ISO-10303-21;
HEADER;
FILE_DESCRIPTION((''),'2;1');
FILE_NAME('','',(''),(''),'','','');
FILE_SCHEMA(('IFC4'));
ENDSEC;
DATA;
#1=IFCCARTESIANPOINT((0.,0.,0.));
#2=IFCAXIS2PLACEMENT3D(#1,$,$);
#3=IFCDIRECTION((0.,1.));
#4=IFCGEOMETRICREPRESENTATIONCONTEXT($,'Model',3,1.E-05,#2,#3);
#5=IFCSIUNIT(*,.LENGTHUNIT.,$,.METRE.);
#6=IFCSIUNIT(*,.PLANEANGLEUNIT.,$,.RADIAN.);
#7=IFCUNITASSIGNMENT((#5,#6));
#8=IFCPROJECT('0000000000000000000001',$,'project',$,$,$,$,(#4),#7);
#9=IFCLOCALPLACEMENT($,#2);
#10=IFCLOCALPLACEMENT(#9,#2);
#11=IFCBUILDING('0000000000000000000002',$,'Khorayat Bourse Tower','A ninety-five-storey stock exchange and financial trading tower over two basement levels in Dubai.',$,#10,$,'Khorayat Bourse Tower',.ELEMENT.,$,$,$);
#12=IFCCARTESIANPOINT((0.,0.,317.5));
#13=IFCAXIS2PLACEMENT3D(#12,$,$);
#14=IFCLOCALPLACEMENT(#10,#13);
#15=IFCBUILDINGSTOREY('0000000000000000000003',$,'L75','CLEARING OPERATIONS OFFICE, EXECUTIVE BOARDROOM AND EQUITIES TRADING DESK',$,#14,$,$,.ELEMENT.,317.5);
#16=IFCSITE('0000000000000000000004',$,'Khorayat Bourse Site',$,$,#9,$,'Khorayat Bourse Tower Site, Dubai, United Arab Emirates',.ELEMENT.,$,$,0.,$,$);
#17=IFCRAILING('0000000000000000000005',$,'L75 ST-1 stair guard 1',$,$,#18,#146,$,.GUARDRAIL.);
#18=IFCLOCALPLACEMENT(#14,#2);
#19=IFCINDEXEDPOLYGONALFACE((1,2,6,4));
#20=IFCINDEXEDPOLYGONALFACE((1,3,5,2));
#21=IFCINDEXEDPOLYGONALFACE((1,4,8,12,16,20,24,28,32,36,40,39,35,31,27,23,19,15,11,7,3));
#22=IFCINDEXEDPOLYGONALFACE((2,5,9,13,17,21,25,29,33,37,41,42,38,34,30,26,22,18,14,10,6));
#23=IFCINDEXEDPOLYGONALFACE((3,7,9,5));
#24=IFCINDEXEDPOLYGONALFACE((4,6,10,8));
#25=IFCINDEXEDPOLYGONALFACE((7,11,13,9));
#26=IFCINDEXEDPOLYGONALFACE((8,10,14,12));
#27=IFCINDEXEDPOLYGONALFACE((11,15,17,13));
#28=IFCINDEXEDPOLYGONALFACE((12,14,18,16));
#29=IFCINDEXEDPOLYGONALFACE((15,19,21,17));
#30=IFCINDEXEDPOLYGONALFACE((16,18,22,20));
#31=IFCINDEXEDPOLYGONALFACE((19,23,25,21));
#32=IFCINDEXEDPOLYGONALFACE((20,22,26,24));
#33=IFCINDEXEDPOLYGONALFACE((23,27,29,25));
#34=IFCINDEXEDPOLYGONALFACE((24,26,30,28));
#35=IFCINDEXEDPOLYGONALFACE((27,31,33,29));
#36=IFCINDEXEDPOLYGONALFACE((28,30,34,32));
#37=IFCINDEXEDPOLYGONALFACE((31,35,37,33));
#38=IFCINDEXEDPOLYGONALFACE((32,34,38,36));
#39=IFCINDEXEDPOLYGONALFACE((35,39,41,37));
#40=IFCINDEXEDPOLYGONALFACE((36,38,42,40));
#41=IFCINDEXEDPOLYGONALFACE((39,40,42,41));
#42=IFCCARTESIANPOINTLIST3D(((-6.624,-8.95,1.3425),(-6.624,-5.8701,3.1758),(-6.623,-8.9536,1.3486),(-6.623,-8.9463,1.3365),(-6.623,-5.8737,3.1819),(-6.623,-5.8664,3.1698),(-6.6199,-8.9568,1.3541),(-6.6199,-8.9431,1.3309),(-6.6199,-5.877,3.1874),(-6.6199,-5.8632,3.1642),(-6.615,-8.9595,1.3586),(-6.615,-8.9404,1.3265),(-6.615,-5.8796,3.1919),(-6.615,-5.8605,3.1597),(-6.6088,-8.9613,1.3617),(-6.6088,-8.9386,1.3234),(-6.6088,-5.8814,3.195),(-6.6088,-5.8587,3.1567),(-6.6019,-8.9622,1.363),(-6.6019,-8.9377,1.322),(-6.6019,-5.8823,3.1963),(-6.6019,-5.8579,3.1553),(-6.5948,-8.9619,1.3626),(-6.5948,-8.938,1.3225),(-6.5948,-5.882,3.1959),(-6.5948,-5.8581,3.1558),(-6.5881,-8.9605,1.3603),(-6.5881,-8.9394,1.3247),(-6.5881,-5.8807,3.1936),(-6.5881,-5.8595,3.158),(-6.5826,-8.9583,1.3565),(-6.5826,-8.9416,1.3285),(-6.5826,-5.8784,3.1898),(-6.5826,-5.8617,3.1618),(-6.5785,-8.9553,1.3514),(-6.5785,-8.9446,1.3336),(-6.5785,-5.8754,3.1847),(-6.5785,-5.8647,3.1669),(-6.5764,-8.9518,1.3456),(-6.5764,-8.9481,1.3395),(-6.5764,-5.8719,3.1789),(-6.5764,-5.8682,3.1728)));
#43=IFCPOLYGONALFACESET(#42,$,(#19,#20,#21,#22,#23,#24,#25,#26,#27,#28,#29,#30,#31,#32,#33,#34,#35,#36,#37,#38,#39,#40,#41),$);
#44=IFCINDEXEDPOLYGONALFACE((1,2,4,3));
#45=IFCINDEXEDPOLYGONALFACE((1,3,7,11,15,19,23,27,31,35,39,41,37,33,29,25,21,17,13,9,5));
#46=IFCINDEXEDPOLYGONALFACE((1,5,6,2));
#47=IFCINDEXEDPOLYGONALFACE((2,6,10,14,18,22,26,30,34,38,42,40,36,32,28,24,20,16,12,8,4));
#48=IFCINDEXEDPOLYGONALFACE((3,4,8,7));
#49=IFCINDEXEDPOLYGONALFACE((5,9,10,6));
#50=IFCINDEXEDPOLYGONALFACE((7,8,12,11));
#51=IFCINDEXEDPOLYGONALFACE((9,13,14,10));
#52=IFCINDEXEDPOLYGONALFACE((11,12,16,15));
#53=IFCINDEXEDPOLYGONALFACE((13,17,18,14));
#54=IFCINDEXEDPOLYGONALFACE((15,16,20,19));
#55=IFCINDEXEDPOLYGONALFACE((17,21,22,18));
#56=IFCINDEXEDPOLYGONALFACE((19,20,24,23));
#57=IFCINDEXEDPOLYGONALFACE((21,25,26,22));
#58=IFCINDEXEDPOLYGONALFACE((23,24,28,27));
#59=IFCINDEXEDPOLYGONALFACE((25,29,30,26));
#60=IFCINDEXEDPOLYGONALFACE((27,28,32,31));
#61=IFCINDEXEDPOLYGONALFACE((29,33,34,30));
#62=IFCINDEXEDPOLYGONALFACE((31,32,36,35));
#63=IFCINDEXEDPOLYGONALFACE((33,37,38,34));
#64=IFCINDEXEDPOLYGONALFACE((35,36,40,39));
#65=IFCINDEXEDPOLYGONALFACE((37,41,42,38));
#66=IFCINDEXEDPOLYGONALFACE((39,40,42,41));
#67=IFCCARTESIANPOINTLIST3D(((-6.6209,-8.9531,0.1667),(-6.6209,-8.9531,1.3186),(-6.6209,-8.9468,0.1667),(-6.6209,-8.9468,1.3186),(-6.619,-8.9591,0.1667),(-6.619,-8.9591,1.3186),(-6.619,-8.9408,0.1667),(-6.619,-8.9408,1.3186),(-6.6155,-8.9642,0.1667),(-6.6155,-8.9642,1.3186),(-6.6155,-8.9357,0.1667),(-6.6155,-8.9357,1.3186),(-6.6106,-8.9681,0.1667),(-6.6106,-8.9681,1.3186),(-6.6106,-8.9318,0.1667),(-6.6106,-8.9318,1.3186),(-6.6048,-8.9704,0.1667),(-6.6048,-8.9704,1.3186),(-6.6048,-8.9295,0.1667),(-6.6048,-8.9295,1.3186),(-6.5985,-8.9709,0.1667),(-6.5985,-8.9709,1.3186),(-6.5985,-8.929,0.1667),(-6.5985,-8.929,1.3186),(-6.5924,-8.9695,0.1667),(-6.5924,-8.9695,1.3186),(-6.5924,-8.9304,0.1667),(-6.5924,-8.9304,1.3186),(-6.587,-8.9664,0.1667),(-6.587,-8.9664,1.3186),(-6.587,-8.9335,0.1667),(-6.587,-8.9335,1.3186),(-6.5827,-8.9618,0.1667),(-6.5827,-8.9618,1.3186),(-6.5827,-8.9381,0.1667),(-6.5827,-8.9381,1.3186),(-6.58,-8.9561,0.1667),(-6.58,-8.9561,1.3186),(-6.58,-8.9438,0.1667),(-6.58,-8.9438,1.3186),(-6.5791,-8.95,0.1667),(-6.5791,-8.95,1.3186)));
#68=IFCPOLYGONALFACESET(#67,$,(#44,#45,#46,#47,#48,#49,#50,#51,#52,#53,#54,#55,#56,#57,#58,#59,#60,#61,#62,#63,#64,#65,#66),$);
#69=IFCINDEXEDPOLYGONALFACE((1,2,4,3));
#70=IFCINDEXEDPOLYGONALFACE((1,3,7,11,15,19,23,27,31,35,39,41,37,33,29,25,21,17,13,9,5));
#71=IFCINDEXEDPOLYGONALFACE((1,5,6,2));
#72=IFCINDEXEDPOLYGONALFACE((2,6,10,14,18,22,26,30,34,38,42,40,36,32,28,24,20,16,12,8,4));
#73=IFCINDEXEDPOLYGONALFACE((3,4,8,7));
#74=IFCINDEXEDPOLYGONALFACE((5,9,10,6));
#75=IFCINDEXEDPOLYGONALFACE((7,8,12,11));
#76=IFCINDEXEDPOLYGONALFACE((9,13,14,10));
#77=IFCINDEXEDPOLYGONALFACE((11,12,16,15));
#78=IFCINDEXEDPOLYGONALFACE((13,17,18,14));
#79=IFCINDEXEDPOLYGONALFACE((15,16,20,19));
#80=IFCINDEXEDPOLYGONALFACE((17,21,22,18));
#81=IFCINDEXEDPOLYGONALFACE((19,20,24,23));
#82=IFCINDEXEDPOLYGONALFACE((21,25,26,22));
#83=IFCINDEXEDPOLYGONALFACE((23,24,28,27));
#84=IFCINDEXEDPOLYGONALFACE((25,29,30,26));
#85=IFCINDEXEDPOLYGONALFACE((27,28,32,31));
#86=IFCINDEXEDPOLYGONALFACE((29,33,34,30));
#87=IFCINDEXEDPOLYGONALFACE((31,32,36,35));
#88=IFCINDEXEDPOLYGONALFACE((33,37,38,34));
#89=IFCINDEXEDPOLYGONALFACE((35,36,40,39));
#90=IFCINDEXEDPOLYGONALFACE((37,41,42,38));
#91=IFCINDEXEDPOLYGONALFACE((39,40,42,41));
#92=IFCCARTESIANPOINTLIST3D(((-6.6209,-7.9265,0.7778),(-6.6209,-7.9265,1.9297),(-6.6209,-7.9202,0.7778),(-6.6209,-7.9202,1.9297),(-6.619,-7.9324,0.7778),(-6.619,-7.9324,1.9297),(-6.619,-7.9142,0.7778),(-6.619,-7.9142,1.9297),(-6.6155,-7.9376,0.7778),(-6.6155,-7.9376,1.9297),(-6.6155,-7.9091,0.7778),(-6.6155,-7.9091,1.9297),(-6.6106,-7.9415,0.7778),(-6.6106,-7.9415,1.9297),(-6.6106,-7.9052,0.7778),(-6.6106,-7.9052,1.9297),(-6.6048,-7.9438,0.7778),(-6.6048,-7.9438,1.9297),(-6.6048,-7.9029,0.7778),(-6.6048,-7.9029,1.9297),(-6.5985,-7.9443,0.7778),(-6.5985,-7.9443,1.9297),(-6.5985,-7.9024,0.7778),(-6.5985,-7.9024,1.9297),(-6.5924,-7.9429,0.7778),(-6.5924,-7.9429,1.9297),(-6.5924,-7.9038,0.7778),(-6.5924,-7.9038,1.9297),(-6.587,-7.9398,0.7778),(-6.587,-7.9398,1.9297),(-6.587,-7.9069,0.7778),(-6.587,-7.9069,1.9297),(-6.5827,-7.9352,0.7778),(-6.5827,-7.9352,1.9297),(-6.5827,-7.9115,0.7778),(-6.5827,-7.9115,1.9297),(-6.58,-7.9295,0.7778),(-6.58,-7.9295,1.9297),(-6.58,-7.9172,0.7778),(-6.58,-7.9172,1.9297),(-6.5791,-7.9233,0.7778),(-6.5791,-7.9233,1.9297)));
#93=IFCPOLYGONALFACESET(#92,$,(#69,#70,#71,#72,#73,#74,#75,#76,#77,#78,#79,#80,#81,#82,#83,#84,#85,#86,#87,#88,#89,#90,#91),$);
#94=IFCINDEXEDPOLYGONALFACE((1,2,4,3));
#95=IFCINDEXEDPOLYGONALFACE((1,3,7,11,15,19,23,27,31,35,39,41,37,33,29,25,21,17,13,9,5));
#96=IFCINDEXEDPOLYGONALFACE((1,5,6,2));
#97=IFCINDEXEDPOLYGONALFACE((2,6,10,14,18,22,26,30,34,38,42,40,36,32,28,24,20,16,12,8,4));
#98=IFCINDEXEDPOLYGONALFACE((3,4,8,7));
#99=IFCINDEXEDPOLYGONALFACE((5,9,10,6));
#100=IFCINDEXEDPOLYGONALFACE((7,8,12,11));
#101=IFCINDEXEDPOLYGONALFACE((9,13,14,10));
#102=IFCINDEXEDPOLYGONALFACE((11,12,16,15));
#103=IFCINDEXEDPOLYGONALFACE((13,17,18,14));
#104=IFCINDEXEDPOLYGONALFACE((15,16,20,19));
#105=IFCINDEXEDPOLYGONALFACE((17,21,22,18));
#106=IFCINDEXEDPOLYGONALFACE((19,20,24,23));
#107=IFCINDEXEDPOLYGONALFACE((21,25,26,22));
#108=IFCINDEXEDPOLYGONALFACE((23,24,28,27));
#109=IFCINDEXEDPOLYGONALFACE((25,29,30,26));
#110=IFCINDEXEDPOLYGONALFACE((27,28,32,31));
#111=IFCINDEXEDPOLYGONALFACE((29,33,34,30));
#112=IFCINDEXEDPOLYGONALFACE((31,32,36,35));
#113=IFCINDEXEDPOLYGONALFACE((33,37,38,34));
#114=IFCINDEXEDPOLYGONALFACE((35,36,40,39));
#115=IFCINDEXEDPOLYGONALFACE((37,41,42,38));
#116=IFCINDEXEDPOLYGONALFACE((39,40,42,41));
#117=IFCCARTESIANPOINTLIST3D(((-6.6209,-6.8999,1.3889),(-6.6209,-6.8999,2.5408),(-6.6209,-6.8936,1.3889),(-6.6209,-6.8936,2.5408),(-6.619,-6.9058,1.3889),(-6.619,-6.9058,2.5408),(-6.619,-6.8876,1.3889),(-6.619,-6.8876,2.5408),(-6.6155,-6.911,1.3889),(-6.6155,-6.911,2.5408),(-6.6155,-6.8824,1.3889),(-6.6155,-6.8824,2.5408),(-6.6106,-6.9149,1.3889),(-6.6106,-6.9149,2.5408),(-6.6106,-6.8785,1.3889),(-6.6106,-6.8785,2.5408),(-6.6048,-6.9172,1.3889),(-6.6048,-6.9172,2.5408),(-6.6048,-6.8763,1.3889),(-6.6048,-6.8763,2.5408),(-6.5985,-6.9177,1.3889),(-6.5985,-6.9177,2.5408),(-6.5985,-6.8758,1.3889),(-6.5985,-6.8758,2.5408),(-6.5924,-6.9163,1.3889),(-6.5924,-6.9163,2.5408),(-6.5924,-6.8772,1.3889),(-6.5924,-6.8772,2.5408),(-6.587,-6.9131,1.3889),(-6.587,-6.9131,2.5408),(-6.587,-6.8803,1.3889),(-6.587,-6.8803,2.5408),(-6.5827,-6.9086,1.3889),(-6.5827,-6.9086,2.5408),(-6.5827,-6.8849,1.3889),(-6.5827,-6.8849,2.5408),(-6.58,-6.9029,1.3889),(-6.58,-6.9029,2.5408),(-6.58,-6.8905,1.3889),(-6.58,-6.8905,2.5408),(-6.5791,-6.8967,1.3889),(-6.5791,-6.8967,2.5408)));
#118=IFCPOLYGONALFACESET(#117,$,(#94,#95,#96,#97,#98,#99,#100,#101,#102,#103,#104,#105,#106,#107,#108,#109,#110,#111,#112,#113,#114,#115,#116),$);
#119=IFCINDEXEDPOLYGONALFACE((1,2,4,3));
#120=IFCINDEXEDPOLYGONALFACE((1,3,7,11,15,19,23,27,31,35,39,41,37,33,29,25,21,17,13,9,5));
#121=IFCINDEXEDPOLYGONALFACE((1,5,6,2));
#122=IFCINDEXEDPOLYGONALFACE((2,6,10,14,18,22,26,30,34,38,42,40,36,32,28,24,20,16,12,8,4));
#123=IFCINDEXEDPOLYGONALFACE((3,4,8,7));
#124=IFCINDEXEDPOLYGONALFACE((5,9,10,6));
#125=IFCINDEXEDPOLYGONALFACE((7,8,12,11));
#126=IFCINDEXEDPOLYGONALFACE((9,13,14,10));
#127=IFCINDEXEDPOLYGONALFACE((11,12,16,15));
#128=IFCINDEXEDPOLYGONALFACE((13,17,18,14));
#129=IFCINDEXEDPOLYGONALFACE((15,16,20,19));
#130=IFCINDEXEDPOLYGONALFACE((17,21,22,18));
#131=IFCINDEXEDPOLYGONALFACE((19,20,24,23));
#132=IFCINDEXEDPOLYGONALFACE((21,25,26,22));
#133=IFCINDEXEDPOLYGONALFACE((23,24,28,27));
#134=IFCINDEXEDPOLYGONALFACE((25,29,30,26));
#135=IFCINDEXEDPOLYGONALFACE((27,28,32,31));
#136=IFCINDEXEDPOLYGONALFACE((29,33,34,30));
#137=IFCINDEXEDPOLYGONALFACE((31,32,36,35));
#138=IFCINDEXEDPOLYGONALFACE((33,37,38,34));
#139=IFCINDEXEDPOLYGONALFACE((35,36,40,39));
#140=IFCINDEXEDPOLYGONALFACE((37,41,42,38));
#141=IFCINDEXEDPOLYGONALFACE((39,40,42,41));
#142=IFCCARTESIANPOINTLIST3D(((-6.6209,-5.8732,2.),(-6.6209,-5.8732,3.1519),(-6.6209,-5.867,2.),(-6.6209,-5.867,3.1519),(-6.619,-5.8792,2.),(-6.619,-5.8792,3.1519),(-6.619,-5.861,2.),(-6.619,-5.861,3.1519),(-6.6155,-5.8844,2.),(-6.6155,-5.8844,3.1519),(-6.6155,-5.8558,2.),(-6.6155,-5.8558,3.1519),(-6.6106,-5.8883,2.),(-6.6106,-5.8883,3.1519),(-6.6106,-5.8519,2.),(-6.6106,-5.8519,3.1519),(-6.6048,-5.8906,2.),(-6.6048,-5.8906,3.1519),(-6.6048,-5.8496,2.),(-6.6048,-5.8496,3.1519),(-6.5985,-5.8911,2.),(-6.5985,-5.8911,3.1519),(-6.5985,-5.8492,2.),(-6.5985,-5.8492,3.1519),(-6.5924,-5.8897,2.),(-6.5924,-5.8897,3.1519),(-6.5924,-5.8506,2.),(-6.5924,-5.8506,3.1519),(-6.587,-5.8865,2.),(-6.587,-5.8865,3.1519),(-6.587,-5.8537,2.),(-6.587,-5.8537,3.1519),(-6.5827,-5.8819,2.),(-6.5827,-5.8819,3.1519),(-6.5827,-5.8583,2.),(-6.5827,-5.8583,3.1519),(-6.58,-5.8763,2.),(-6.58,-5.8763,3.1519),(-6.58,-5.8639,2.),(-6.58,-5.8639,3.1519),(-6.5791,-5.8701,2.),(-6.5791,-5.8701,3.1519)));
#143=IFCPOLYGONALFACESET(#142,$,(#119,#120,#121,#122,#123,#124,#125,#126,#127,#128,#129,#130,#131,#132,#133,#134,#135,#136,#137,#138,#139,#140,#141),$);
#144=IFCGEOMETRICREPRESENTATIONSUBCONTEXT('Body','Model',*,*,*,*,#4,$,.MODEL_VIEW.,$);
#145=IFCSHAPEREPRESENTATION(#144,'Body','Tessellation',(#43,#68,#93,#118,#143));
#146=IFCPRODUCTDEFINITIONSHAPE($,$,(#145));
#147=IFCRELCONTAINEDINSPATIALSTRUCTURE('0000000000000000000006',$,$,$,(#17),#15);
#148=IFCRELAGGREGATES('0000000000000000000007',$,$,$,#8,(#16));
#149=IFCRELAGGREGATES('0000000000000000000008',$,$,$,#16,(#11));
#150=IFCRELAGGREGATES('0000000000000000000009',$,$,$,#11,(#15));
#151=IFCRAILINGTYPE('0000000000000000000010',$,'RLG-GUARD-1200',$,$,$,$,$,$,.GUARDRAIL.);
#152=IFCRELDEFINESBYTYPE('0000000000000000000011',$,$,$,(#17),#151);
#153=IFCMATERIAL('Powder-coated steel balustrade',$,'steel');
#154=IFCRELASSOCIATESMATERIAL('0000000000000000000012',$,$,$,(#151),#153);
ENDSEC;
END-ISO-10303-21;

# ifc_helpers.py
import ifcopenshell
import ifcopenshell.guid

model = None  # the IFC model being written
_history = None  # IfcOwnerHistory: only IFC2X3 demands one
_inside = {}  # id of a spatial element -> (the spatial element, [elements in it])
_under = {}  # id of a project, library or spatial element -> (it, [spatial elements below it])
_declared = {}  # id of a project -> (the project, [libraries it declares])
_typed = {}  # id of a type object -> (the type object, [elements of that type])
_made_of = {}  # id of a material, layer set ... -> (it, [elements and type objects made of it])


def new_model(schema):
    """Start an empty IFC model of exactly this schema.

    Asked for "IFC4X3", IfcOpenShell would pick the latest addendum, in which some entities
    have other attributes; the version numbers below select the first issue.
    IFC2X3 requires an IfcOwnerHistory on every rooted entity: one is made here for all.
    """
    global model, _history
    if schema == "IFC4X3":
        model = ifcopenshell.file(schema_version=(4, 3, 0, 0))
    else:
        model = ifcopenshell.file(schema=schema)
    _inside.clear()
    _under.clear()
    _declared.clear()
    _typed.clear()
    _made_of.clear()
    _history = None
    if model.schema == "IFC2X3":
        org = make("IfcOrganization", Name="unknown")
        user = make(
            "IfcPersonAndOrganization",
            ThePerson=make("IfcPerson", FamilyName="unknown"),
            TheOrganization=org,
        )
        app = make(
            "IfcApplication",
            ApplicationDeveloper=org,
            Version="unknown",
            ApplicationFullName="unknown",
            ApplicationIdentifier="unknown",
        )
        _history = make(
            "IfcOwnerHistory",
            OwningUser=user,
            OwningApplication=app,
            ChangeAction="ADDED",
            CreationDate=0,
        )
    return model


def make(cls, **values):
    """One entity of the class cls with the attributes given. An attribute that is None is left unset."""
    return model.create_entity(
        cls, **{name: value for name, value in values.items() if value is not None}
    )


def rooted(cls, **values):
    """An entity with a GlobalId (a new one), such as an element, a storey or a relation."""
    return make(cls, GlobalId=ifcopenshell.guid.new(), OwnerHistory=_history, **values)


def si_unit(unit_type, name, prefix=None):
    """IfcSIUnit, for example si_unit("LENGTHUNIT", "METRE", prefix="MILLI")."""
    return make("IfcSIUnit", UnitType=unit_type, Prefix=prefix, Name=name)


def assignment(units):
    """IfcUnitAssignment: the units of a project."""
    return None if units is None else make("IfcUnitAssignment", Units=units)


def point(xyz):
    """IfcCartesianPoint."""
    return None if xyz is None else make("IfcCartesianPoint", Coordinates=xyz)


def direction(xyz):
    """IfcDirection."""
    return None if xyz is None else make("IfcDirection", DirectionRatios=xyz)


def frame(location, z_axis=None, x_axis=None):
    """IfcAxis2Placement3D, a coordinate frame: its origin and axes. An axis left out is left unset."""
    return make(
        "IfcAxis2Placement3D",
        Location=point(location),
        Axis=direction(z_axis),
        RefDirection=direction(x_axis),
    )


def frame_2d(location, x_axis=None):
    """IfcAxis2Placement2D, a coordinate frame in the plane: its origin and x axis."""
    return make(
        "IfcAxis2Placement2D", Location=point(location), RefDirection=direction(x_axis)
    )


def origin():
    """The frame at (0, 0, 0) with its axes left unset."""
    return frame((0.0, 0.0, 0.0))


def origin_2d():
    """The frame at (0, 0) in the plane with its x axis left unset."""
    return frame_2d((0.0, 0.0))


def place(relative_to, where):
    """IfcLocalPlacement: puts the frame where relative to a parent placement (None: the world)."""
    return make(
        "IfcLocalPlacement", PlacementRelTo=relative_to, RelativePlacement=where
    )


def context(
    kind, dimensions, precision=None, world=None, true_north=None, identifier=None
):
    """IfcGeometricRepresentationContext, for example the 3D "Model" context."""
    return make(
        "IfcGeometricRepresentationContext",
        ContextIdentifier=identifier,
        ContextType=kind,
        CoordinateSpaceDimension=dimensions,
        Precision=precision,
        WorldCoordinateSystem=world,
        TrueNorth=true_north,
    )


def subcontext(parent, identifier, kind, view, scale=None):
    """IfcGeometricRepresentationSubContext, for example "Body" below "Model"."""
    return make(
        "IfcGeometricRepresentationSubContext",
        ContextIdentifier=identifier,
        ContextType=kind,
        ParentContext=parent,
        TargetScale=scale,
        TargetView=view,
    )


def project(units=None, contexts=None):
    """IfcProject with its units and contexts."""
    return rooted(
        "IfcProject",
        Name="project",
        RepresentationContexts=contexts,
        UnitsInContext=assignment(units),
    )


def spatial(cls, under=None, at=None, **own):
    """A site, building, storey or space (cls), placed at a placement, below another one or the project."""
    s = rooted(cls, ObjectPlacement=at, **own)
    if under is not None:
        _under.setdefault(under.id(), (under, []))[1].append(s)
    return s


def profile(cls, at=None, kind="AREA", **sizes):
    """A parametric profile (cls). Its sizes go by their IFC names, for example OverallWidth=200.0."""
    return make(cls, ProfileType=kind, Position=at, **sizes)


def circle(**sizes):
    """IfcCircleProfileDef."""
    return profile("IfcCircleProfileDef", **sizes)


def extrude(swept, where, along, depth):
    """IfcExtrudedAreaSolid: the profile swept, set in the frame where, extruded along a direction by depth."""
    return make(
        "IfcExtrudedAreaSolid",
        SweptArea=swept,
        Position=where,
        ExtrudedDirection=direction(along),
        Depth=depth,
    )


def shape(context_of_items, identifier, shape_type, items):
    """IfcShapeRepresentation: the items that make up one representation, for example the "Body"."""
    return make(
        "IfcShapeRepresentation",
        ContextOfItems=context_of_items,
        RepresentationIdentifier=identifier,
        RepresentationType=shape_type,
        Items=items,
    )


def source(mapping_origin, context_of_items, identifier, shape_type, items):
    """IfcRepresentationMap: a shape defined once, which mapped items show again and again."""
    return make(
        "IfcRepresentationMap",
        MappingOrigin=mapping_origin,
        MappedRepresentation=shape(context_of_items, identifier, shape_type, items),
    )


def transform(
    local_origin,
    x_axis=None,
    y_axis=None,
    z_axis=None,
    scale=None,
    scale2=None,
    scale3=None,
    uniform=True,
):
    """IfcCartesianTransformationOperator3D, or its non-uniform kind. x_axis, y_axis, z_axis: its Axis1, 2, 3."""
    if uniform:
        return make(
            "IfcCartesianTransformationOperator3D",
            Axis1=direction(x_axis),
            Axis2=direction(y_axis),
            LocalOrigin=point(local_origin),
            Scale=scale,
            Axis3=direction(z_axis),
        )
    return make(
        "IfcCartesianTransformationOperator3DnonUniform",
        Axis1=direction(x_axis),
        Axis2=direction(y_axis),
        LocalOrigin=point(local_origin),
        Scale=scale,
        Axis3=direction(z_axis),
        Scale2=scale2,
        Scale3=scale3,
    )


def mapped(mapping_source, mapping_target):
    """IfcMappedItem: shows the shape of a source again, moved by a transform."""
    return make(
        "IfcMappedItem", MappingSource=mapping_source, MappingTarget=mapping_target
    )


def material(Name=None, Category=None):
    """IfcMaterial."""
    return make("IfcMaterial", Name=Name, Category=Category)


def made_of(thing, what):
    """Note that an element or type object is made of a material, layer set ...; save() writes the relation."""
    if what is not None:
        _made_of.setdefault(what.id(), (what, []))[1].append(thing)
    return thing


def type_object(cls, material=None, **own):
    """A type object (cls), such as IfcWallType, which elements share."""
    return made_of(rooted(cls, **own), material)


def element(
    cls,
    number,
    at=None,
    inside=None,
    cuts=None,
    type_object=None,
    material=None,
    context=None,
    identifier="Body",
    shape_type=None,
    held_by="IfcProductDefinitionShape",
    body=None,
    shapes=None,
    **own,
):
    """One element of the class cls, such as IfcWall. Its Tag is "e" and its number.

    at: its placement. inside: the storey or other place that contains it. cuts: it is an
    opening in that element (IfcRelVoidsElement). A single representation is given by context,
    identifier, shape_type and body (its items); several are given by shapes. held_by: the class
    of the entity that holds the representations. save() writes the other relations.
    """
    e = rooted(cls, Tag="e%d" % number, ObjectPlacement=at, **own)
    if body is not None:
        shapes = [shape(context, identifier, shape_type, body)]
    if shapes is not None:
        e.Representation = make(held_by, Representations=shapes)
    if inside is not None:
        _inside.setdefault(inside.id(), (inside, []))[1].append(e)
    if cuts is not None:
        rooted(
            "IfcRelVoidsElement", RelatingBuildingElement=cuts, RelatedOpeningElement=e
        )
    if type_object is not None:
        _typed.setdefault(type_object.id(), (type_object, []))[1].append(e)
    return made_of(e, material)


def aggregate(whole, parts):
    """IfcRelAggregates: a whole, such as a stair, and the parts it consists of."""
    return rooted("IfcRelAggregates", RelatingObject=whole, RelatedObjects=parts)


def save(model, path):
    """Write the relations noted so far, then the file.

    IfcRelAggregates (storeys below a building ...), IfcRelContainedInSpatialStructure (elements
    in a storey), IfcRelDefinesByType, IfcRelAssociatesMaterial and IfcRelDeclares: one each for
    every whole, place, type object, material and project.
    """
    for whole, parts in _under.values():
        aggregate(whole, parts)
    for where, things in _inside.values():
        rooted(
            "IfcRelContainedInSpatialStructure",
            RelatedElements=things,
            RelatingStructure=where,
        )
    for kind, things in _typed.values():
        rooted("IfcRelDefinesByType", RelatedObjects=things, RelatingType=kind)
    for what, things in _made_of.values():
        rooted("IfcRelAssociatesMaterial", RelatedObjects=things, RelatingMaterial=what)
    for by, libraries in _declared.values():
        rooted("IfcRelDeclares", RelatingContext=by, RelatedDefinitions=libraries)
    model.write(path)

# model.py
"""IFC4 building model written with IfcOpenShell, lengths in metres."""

from ifc_helpers import new_model, si_unit, direction, frame, origin, origin_2d, place, context, subcontext, project, spatial, circle, extrude, source, transform, mapped, material, type_object, element, save


model = new_model("IFC4")

# Units and contexts
model_context = context("Model", 3, precision=1e-05, world=origin(), true_north=direction((0.0, 1.0)))
body_context = subcontext(model_context, "Body", "Model", "MODEL_VIEW")
ifc_project = project(units=[si_unit("LENGTHUNIT", "METRE"), si_unit("PLANEANGLEUNIT", "RADIAN")], contexts=[model_context])

# Site, building, storey
site_placement = place(None, origin())
site = spatial("IfcSite", under=ifc_project, at=site_placement, Name="Khorayat Bourse Site", LongName="Khorayat Bourse Tower Site, Dubai, United Arab Emirates", CompositionType="ELEMENT", RefElevation=0.0)
building_placement = place(site_placement, origin())
building = spatial("IfcBuilding", under=site, at=building_placement, Name="Khorayat Bourse Tower", Description="A ninety-five-storey stock exchange and financial trading tower over two basement levels in Dubai.", LongName="Khorayat Bourse Tower", CompositionType="ELEMENT")
storey_placement = place(building_placement, frame((0.0, 0.0, 317.5)))
storey = spatial("IfcBuildingStorey", under=building, at=storey_placement, Name="L75", Description="CLEARING OPERATIONS OFFICE, EXECUTIVE BOARDROOM AND EQUITIES TRADING DESK", CompositionType="ELEMENT", Elevation=317.5)

# Railing
ifc_material_1 = material(Name="Powder-coated steel balustrade", Category="steel")
railing_type_1 = type_object("IfcRailingType", Name="RLG-GUARD-1200", PredefinedType="GUARDRAIL", material=ifc_material_1)
shared_shape_1 = source(origin(), body_context, "Body", "SweptSolid", [
    extrude(circle(Radius=0.0239, at=origin_2d()), frame((0.0, 0.0, 1.1758), z_axis=(0.0, 0.859291, 0.511487), x_axis=(-1.0, 0.0, 0.0)), (0.0, 0.0, 1.0), 3.5842),
    extrude(circle(Radius=0.021, at=origin_2d()), origin(), (0.0, 0.0, 1.0), 1.1519),
    extrude(circle(Radius=0.021, at=origin_2d()), frame((0.0, 1.0266, 0.6111)), (0.0, 0.0, 1.0), 1.1519),
    extrude(circle(Radius=0.021, at=origin_2d()), frame((0.0, 2.0532, 1.2222)), (0.0, 0.0, 1.0), 1.1519),
    extrude(circle(Radius=0.021, at=origin_2d()), frame((0.0, 3.0798, 1.8333)), (0.0, 0.0, 1.0), 1.1519),
])
railing_1_placement = place(storey_placement, frame((-6.6001, -8.95, 0.1667)))
element("IfcRailing", 1, at=railing_1_placement, inside=storey, type_object=railing_type_1, Name="L75 ST-1 stair guard 1", PredefinedType="GUARDRAIL", context=body_context, shape_type="MappedRepresentation", body=[
    mapped(shared_shape_1, transform((0.0, 0.0, 0.0), scale=1.0)),
])

save(model, "model.ifc")
